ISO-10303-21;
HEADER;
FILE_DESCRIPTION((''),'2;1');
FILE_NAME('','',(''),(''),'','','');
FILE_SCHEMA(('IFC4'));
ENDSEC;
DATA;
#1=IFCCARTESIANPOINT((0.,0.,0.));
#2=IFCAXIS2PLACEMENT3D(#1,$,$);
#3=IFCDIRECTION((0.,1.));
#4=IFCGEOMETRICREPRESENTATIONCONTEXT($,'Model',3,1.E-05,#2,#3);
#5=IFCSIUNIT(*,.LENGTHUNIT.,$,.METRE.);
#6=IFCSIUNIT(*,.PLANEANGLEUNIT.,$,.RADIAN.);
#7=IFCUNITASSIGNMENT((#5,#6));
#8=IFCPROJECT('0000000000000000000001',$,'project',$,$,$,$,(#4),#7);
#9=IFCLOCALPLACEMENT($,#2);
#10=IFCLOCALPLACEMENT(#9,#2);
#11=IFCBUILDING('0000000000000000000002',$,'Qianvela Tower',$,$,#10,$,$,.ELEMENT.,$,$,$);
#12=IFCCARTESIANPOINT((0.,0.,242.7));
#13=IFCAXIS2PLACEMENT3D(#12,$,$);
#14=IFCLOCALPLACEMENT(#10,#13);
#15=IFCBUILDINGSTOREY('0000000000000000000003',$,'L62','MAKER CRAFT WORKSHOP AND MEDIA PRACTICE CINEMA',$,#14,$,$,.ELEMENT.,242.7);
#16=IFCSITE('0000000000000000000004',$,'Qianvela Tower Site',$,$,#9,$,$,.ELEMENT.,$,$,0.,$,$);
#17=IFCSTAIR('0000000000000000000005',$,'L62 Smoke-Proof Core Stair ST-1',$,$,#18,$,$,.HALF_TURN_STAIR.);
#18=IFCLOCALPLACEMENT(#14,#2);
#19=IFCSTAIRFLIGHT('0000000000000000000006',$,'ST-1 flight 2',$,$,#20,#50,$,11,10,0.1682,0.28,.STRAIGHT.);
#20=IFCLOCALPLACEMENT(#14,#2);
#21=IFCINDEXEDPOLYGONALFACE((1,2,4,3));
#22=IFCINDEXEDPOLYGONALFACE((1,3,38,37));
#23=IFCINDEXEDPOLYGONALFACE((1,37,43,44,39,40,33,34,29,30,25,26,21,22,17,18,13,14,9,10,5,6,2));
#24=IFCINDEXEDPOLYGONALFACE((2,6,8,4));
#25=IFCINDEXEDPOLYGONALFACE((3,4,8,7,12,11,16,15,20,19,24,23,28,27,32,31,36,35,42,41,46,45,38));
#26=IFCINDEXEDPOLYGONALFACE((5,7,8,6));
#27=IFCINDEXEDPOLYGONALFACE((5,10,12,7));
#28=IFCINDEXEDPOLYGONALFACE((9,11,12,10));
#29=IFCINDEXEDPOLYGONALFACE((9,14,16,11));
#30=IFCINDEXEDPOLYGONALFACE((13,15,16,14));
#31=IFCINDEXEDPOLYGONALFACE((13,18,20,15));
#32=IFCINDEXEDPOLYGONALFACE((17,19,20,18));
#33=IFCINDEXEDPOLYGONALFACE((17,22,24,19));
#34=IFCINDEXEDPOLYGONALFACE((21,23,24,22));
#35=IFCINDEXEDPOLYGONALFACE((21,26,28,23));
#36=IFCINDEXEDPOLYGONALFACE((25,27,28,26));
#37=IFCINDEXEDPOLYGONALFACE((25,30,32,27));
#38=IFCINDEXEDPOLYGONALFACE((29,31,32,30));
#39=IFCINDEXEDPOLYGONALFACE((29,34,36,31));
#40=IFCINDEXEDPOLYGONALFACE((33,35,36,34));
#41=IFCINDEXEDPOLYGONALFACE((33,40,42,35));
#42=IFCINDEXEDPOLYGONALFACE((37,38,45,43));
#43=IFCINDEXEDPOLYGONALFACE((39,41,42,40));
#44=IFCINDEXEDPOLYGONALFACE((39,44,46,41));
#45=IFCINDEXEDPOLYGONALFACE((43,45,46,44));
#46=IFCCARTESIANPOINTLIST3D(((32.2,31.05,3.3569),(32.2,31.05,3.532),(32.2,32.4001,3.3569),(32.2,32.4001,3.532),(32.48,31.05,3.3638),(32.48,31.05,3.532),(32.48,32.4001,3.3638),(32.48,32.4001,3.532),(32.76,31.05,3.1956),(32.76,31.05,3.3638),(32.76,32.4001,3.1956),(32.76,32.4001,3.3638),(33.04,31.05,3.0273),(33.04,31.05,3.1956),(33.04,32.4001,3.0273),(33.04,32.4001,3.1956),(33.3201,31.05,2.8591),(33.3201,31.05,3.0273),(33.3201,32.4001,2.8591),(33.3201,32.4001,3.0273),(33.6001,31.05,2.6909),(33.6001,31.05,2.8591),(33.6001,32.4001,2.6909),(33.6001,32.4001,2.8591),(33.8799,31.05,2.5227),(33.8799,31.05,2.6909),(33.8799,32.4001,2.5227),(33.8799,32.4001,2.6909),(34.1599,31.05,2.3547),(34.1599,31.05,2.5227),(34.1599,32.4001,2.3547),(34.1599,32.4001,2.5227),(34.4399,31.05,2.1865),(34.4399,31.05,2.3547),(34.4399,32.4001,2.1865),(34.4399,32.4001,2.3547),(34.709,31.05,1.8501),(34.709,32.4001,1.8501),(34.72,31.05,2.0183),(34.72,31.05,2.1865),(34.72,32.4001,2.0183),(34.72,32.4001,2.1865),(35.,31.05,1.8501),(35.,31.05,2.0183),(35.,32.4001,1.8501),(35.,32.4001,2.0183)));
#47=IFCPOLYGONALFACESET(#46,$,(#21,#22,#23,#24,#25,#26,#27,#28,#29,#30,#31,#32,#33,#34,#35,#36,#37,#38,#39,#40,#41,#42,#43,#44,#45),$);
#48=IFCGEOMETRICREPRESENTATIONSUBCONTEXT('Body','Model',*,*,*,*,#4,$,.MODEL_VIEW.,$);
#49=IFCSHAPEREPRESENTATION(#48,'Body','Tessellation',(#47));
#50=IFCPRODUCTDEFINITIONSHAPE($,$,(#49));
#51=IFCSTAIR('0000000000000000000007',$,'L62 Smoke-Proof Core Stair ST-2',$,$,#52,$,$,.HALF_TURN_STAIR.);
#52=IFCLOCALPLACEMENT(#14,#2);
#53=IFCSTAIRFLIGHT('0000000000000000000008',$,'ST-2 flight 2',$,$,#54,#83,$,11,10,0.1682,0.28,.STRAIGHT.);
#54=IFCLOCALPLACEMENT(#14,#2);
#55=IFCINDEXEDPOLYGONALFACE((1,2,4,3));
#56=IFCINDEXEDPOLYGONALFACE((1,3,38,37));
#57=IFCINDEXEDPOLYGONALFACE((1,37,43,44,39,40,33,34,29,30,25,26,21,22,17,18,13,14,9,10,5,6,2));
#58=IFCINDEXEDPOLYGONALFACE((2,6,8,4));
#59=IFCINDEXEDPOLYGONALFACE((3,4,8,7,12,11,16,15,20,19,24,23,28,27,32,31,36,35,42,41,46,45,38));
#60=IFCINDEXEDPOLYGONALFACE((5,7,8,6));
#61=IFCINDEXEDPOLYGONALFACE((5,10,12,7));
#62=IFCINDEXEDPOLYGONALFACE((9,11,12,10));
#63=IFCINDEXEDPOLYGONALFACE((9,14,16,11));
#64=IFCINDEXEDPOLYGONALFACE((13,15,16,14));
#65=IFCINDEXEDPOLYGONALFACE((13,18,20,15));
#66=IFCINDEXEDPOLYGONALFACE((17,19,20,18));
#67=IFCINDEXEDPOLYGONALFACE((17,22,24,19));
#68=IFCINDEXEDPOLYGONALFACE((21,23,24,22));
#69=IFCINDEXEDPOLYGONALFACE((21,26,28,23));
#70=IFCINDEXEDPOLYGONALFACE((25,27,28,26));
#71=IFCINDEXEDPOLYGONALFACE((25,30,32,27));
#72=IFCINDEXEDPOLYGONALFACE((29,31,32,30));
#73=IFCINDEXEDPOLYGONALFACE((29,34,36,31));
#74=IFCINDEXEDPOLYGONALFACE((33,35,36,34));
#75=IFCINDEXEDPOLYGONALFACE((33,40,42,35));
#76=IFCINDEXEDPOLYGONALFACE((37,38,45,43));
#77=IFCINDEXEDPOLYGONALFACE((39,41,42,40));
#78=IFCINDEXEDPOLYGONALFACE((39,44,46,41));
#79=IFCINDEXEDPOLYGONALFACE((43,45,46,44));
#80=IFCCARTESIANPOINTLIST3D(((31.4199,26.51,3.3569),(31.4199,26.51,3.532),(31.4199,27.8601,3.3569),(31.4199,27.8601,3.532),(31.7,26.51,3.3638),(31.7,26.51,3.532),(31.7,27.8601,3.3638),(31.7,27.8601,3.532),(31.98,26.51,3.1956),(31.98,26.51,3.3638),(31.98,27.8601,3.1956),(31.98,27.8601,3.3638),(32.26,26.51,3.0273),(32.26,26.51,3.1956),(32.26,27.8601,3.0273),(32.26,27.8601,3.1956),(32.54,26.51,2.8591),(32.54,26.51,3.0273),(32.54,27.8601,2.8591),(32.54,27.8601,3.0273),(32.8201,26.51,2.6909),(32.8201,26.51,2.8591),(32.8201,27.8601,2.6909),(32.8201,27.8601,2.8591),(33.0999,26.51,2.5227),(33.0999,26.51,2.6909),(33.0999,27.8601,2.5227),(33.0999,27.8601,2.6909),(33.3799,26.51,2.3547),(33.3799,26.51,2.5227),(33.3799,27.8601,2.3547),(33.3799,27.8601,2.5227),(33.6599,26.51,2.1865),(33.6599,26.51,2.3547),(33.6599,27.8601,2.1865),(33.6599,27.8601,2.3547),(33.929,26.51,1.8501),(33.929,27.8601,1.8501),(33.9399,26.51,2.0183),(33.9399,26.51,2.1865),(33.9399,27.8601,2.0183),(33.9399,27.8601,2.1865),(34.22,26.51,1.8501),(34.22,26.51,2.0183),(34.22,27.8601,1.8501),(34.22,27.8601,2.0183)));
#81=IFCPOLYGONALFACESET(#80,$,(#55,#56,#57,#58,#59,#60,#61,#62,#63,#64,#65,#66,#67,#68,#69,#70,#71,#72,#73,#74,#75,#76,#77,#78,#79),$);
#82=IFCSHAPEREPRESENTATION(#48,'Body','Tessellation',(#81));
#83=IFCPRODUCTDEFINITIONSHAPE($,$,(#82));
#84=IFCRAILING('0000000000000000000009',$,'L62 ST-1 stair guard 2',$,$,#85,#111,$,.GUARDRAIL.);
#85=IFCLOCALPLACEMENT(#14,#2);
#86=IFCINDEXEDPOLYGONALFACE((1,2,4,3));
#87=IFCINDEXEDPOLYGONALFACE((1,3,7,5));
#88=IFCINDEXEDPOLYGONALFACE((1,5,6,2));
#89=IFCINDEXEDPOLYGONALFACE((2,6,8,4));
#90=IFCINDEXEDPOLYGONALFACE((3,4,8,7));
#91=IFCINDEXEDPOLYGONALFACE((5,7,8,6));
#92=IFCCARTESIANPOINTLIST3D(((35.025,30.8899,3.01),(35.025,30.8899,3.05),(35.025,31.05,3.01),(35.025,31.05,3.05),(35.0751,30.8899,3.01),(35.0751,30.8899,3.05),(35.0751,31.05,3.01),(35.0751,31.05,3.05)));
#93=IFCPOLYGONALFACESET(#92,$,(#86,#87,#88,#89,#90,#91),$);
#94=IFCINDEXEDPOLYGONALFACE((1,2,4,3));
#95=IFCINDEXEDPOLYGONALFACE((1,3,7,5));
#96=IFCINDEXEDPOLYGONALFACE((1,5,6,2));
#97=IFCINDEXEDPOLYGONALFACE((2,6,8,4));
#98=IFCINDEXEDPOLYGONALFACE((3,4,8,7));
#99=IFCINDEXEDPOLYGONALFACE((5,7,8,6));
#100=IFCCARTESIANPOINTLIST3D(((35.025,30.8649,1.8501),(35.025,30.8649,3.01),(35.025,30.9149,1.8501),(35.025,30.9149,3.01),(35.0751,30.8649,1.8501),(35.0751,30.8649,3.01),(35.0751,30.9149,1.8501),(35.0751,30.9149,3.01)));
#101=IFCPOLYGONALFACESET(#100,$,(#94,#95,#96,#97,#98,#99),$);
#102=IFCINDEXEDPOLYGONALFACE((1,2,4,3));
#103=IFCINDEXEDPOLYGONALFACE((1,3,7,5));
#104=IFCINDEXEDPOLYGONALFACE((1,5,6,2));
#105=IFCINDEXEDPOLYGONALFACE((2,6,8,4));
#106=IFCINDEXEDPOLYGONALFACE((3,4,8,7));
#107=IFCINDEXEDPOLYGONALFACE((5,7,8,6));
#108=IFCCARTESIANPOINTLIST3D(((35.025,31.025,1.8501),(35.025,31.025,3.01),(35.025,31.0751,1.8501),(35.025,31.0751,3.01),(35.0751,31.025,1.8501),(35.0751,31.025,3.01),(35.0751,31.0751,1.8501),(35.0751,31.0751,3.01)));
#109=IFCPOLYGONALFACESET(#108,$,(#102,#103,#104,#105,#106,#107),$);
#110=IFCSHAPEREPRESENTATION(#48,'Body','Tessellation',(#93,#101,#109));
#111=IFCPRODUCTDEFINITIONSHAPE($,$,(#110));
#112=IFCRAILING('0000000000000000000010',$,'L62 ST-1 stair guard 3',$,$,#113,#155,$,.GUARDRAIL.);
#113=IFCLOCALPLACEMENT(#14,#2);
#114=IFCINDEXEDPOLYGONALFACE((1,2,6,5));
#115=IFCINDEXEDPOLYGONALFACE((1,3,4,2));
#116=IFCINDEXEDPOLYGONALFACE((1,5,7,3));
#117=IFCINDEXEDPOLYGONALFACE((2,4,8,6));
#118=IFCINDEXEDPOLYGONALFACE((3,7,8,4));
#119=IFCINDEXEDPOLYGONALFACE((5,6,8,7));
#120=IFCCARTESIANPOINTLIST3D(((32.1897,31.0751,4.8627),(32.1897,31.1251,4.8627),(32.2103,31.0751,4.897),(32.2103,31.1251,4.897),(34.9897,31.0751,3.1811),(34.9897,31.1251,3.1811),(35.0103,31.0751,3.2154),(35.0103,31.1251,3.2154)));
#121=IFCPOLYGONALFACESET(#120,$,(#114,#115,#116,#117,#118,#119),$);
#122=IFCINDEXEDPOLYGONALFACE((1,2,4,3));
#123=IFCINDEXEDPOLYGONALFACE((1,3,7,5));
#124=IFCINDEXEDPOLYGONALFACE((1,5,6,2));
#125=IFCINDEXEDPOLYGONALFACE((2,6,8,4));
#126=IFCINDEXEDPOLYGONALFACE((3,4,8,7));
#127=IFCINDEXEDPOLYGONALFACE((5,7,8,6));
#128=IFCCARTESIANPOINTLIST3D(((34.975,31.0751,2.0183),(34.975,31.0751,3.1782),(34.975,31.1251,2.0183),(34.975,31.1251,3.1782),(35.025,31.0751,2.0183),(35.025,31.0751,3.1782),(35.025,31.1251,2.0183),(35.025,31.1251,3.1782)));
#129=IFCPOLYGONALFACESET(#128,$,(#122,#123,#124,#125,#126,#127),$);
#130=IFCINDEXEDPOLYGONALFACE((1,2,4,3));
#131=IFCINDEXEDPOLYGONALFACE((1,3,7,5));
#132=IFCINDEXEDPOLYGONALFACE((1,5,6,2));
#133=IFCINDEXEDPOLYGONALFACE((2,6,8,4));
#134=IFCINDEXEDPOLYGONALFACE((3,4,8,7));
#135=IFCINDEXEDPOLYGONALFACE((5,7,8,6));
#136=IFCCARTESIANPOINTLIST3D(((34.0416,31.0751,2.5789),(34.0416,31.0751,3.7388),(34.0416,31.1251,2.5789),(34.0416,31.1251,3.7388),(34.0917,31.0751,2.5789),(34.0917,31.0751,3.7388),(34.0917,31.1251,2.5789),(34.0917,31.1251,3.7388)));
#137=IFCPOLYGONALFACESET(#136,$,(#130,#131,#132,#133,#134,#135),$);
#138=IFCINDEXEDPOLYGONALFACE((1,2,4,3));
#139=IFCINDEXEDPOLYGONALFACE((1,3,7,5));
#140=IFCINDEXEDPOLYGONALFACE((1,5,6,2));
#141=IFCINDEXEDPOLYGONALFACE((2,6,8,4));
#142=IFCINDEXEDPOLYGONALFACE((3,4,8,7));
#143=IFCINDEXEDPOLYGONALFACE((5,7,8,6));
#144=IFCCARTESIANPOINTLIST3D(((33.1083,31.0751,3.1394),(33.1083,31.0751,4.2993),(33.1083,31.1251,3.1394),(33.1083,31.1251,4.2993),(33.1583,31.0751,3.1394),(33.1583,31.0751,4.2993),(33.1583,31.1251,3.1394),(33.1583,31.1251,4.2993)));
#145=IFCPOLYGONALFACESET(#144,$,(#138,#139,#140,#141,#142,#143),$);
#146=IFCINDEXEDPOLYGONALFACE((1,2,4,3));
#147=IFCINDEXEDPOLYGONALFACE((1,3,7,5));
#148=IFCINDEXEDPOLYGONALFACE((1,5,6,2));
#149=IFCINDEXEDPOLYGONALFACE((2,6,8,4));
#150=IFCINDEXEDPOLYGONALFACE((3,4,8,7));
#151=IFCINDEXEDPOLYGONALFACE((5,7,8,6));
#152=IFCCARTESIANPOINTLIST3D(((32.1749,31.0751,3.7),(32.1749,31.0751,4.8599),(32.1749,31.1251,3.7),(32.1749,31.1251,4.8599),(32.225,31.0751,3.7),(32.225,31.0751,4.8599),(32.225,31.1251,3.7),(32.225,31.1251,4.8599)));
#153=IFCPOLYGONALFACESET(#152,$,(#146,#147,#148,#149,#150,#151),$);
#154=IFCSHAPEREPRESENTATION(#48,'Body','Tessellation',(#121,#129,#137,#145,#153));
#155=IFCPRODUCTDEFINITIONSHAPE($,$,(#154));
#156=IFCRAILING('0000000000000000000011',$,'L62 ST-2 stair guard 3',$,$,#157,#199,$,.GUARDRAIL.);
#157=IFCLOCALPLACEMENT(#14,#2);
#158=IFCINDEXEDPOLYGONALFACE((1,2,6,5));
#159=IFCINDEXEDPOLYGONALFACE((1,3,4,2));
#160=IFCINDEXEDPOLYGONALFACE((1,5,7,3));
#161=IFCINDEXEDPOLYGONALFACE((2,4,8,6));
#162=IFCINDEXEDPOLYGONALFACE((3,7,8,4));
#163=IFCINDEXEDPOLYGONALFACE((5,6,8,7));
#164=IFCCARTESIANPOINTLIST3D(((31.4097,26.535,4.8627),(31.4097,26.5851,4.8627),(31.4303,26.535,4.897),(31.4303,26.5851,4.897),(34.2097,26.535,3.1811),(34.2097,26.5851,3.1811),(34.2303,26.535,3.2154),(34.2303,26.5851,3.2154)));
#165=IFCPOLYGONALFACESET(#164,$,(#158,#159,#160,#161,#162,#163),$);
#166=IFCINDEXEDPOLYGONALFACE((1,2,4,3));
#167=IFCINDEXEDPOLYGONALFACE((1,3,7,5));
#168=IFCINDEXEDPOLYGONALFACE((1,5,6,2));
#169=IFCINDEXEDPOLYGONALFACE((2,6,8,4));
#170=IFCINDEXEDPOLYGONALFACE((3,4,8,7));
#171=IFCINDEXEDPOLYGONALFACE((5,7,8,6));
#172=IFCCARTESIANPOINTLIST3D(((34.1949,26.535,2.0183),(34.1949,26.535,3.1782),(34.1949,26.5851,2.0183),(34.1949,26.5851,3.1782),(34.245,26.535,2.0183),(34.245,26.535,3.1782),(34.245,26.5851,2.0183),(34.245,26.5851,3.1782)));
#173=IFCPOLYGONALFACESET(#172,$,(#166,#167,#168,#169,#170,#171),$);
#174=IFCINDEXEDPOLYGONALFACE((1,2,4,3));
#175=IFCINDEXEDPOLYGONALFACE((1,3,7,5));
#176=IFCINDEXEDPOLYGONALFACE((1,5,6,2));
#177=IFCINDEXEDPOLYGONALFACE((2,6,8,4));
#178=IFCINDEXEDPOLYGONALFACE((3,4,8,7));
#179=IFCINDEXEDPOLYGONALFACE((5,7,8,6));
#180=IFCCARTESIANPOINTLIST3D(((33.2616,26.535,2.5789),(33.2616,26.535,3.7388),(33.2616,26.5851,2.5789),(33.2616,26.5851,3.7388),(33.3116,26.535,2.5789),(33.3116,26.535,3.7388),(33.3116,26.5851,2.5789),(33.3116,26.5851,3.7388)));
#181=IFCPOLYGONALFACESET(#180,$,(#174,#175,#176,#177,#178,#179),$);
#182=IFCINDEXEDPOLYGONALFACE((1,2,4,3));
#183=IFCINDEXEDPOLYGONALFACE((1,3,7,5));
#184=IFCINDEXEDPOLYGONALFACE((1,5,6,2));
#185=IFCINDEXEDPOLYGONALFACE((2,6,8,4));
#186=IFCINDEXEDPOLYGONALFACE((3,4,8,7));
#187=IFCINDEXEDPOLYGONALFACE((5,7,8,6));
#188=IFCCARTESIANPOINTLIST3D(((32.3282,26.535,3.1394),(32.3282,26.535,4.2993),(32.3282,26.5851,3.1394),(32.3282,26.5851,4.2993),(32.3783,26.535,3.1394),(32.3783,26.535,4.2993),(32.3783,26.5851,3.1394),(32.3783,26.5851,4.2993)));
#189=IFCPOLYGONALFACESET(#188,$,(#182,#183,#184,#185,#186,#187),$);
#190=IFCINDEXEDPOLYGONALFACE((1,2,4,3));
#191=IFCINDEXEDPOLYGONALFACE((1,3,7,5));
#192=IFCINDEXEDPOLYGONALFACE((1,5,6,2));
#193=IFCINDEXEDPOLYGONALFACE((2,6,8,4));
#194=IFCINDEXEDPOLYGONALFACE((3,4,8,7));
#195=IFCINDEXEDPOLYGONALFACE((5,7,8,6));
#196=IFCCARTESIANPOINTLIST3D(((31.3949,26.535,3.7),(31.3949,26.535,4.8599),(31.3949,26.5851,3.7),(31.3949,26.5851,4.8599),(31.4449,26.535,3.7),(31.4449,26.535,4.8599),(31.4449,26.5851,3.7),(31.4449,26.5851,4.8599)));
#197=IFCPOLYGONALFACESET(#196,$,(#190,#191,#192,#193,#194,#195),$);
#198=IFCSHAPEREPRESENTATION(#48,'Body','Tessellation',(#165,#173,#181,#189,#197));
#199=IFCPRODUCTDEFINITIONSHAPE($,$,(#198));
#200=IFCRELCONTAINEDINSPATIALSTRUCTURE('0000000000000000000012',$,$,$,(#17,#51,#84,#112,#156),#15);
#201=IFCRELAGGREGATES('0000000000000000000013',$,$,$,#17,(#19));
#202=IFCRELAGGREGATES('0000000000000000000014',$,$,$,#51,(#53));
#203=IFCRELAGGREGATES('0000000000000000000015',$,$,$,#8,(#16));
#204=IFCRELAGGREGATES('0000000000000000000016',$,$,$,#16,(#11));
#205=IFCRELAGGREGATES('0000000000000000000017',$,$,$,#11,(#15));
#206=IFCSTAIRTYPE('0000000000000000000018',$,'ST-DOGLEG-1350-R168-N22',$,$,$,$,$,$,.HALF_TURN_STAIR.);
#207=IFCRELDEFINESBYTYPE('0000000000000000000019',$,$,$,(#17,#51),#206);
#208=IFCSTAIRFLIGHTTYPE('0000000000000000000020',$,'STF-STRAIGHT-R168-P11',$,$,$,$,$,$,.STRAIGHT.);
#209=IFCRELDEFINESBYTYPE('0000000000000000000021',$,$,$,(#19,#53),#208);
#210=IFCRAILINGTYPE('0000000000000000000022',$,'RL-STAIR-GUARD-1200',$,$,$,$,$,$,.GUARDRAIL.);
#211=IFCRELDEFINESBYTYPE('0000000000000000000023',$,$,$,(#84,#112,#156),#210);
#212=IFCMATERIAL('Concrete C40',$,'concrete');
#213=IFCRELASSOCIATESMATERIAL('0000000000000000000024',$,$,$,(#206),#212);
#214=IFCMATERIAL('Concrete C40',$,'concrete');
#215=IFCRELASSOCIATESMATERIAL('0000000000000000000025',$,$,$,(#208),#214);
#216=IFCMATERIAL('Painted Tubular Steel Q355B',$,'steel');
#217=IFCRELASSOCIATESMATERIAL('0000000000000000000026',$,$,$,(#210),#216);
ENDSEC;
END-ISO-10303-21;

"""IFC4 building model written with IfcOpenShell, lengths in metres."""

from ifc_helpers import new_model, si_unit, direction, frame, origin, origin_2d, place, context, subcontext, project, spatial, polyline, rectangle, outline, extrude, material, type_object, element, aggregate, save


model = new_model("IFC4")

# Units and contexts
model_context = context("Model", 3, precision=1e-05, world=origin(), true_north=direction((0.0, 1.0)))
body_context = subcontext(model_context, "Body", "Model", "MODEL_VIEW")
ifc_project = project(units=[si_unit("LENGTHUNIT", "METRE"), si_unit("PLANEANGLEUNIT", "RADIAN")], contexts=[model_context])

# Site, building, storey
site_placement = place(None, origin())
site = spatial("IfcSite", under=ifc_project, at=site_placement, Name="Qianvela Tower Site", CompositionType="ELEMENT", RefElevation=0.0)
building_placement = place(site_placement, origin())
building = spatial("IfcBuilding", under=site, at=building_placement, Name="Qianvela Tower", CompositionType="ELEMENT")
storey_placement = place(building_placement, frame((0.0, 0.0, 242.7)))
storey = spatial("IfcBuildingStorey", under=building, at=storey_placement, Name="L62", Description="MAKER CRAFT WORKSHOP AND MEDIA PRACTICE CINEMA", CompositionType="ELEMENT", Elevation=242.7)

# Stairs, stair flights
ifc_material_1 = material(Name="Concrete C40", Category="concrete")
stair_type = type_object("IfcStairType", Name="ST-DOGLEG-1350-R168-N22", PredefinedType="HALF_TURN_STAIR", material=ifc_material_1)
stair_1_placement = place(storey_placement, origin())
stair_1 = element("IfcStair", 1, at=stair_1_placement, inside=storey, type_object=stair_type, Name="L62 Smoke-Proof Core Stair ST-1", PredefinedType="HALF_TURN_STAIR")
ifc_material_2 = material(Name="Concrete C40", Category="concrete")
stair_flight_type = type_object("IfcStairFlightType", Name="STF-STRAIGHT-R168-P11", PredefinedType="STRAIGHT", material=ifc_material_2)
stair_flight_1_placement = place(storey_placement, frame((35.0, 31.7251, 1.8501), z_axis=(0.0, 0.0, 1.0), x_axis=(-1.0, 0.0, 0.0)))
stair_flight_1 = element("IfcStairFlight", 2, at=stair_flight_1_placement, type_object=stair_flight_type, Name="ST-1 flight 2", NumberOfRisers=11, NumberOfTreads=10, PredefinedType="STRAIGHT", RiserHeight=0.1682, TreadLength=0.28, context=body_context, shape_type="SweptSolid", body=[
    extrude(outline(polyline([(0.0, 0.0), (0.0, 0.1682), (0.28, 0.1682), (0.28, 0.3364), (0.5601, 0.3364), (0.5601, 0.5046), (0.8401, 0.5046), (0.8401, 0.6726), (1.1201, 0.6726), (1.1201, 0.8408), (1.3999, 0.8408), (1.3999, 1.009), (1.6799, 1.009), (1.6799, 1.1772), (1.96, 1.1772), (1.96, 1.3455), (2.24, 1.3455), (2.24, 1.5137), (2.52, 1.5137), (2.52, 1.6819), (2.8, 1.6819), (2.8, 1.8501), (2.8, 1.5068), (0.291, 0.0), (0.0, 0.0)])), frame((0.0, 0.675, 0.0), z_axis=(0.0, -1.0, 0.0), x_axis=(1.0, 0.0, 0.0)), (0.0, 0.0, 1.0), 1.3501),
])
aggregate(stair_1, [stair_flight_1])
stair_2_placement = place(storey_placement, origin())
stair_2 = element("IfcStair", 3, at=stair_2_placement, inside=storey, type_object=stair_type, Name="L62 Smoke-Proof Core Stair ST-2", PredefinedType="HALF_TURN_STAIR")
stair_flight_2_placement = place(storey_placement, frame((34.22, 27.1851, 1.8501), z_axis=(0.0, 0.0, 1.0), x_axis=(-1.0, 0.0, 0.0)))
stair_flight_2 = element("IfcStairFlight", 4, at=stair_flight_2_placement, type_object=stair_flight_type, Name="ST-2 flight 2", NumberOfRisers=11, NumberOfTreads=10, PredefinedType="STRAIGHT", RiserHeight=0.1682, TreadLength=0.28, context=body_context, shape_type="SweptSolid", body=[
    extrude(outline(polyline([(0.0, 0.0), (0.0, 0.1682), (0.28, 0.1682), (0.28, 0.3364), (0.5601, 0.3364), (0.5601, 0.5046), (0.8401, 0.5046), (0.8401, 0.6726), (1.1201, 0.6726), (1.1201, 0.8408), (1.3999, 0.8408), (1.3999, 1.009), (1.6799, 1.009), (1.6799, 1.1772), (1.96, 1.1772), (1.96, 1.3455), (2.24, 1.3455), (2.24, 1.5137), (2.52, 1.5137), (2.52, 1.6819), (2.8, 1.6819), (2.8, 1.8501), (2.8, 1.5068), (0.291, 0.0), (0.0, 0.0)])), frame((0.0, 0.675, 0.0), z_axis=(0.0, -1.0, 0.0), x_axis=(1.0, 0.0, 0.0)), (0.0, 0.0, 1.0), 1.3501),
])
aggregate(stair_2, [stair_flight_2])

# Railings
ifc_material_3 = material(Name="Painted Tubular Steel Q355B", Category="steel")
railing_type_1 = type_object("IfcRailingType", Name="RL-STAIR-GUARD-1200", PredefinedType="GUARDRAIL", material=ifc_material_3)
railing_placement = place(storey_placement, frame((35.05, 30.8899, 1.8501)))
element("IfcRailing", 5, at=railing_placement, inside=storey, type_object=railing_type_1, Name="L62 ST-1 stair guard 2", PredefinedType="GUARDRAIL", context=body_context, shape_type="SweptSolid", body=[
    extrude(rectangle(XDim=0.05, YDim=0.04, at=origin_2d()), frame((0.0, 0.0, 1.1799), z_axis=(0.0, 1.0, 0.0), x_axis=(-1.0, 0.0, 0.0)), (0.0, 0.0, 1.0), 0.1602),
    extrude(rectangle(XDim=0.05, YDim=0.05, at=origin_2d()), origin(), (0.0, 0.0, 1.0), 1.1599),
    extrude(rectangle(XDim=0.05, YDim=0.05, at=origin_2d()), frame((0.0, 0.1602, 0.0)), (0.0, 0.0, 1.0), 1.1599),
])
for number, where, name in (
    (6, (35.0, 31.1001, 2.0183), "L62 ST-1 stair guard 3"),
    (7, (34.22, 26.5601, 2.0183), "L62 ST-2 stair guard 3"),
):
    element("IfcRailing", number, at=place(storey_placement, frame(where)), inside=storey, type_object=railing_type_1, Name=name, PredefinedType="GUARDRAIL", context=body_context, shape_type="SweptSolid", body=[
        extrude(rectangle(XDim=0.05, YDim=0.04, at=origin_2d()), frame((0.0, 0.0, 1.1799), z_axis=(-0.857275, 0.0, 0.514858), x_axis=(0.0, -1.0, 0.0)), (0.0, 0.0, 1.0), 3.2661),
        extrude(rectangle(XDim=0.05, YDim=0.05, at=origin_2d()), origin(), (0.0, 0.0, 1.0), 1.1599),
        extrude(rectangle(XDim=0.05, YDim=0.05, at=origin_2d()), frame((-0.9333, 0.0, 0.5605)), (0.0, 0.0, 1.0), 1.1599),
        extrude(rectangle(XDim=0.05, YDim=0.05, at=origin_2d()), frame((-1.8667, 0.0, 1.1211)), (0.0, 0.0, 1.0), 1.1599),
        extrude(rectangle(XDim=0.05, YDim=0.05, at=origin_2d()), frame((-2.8, 0.0, 1.6816)), (0.0, 0.0, 1.0), 1.1599),
    ])

save(model, "model.ifc")
